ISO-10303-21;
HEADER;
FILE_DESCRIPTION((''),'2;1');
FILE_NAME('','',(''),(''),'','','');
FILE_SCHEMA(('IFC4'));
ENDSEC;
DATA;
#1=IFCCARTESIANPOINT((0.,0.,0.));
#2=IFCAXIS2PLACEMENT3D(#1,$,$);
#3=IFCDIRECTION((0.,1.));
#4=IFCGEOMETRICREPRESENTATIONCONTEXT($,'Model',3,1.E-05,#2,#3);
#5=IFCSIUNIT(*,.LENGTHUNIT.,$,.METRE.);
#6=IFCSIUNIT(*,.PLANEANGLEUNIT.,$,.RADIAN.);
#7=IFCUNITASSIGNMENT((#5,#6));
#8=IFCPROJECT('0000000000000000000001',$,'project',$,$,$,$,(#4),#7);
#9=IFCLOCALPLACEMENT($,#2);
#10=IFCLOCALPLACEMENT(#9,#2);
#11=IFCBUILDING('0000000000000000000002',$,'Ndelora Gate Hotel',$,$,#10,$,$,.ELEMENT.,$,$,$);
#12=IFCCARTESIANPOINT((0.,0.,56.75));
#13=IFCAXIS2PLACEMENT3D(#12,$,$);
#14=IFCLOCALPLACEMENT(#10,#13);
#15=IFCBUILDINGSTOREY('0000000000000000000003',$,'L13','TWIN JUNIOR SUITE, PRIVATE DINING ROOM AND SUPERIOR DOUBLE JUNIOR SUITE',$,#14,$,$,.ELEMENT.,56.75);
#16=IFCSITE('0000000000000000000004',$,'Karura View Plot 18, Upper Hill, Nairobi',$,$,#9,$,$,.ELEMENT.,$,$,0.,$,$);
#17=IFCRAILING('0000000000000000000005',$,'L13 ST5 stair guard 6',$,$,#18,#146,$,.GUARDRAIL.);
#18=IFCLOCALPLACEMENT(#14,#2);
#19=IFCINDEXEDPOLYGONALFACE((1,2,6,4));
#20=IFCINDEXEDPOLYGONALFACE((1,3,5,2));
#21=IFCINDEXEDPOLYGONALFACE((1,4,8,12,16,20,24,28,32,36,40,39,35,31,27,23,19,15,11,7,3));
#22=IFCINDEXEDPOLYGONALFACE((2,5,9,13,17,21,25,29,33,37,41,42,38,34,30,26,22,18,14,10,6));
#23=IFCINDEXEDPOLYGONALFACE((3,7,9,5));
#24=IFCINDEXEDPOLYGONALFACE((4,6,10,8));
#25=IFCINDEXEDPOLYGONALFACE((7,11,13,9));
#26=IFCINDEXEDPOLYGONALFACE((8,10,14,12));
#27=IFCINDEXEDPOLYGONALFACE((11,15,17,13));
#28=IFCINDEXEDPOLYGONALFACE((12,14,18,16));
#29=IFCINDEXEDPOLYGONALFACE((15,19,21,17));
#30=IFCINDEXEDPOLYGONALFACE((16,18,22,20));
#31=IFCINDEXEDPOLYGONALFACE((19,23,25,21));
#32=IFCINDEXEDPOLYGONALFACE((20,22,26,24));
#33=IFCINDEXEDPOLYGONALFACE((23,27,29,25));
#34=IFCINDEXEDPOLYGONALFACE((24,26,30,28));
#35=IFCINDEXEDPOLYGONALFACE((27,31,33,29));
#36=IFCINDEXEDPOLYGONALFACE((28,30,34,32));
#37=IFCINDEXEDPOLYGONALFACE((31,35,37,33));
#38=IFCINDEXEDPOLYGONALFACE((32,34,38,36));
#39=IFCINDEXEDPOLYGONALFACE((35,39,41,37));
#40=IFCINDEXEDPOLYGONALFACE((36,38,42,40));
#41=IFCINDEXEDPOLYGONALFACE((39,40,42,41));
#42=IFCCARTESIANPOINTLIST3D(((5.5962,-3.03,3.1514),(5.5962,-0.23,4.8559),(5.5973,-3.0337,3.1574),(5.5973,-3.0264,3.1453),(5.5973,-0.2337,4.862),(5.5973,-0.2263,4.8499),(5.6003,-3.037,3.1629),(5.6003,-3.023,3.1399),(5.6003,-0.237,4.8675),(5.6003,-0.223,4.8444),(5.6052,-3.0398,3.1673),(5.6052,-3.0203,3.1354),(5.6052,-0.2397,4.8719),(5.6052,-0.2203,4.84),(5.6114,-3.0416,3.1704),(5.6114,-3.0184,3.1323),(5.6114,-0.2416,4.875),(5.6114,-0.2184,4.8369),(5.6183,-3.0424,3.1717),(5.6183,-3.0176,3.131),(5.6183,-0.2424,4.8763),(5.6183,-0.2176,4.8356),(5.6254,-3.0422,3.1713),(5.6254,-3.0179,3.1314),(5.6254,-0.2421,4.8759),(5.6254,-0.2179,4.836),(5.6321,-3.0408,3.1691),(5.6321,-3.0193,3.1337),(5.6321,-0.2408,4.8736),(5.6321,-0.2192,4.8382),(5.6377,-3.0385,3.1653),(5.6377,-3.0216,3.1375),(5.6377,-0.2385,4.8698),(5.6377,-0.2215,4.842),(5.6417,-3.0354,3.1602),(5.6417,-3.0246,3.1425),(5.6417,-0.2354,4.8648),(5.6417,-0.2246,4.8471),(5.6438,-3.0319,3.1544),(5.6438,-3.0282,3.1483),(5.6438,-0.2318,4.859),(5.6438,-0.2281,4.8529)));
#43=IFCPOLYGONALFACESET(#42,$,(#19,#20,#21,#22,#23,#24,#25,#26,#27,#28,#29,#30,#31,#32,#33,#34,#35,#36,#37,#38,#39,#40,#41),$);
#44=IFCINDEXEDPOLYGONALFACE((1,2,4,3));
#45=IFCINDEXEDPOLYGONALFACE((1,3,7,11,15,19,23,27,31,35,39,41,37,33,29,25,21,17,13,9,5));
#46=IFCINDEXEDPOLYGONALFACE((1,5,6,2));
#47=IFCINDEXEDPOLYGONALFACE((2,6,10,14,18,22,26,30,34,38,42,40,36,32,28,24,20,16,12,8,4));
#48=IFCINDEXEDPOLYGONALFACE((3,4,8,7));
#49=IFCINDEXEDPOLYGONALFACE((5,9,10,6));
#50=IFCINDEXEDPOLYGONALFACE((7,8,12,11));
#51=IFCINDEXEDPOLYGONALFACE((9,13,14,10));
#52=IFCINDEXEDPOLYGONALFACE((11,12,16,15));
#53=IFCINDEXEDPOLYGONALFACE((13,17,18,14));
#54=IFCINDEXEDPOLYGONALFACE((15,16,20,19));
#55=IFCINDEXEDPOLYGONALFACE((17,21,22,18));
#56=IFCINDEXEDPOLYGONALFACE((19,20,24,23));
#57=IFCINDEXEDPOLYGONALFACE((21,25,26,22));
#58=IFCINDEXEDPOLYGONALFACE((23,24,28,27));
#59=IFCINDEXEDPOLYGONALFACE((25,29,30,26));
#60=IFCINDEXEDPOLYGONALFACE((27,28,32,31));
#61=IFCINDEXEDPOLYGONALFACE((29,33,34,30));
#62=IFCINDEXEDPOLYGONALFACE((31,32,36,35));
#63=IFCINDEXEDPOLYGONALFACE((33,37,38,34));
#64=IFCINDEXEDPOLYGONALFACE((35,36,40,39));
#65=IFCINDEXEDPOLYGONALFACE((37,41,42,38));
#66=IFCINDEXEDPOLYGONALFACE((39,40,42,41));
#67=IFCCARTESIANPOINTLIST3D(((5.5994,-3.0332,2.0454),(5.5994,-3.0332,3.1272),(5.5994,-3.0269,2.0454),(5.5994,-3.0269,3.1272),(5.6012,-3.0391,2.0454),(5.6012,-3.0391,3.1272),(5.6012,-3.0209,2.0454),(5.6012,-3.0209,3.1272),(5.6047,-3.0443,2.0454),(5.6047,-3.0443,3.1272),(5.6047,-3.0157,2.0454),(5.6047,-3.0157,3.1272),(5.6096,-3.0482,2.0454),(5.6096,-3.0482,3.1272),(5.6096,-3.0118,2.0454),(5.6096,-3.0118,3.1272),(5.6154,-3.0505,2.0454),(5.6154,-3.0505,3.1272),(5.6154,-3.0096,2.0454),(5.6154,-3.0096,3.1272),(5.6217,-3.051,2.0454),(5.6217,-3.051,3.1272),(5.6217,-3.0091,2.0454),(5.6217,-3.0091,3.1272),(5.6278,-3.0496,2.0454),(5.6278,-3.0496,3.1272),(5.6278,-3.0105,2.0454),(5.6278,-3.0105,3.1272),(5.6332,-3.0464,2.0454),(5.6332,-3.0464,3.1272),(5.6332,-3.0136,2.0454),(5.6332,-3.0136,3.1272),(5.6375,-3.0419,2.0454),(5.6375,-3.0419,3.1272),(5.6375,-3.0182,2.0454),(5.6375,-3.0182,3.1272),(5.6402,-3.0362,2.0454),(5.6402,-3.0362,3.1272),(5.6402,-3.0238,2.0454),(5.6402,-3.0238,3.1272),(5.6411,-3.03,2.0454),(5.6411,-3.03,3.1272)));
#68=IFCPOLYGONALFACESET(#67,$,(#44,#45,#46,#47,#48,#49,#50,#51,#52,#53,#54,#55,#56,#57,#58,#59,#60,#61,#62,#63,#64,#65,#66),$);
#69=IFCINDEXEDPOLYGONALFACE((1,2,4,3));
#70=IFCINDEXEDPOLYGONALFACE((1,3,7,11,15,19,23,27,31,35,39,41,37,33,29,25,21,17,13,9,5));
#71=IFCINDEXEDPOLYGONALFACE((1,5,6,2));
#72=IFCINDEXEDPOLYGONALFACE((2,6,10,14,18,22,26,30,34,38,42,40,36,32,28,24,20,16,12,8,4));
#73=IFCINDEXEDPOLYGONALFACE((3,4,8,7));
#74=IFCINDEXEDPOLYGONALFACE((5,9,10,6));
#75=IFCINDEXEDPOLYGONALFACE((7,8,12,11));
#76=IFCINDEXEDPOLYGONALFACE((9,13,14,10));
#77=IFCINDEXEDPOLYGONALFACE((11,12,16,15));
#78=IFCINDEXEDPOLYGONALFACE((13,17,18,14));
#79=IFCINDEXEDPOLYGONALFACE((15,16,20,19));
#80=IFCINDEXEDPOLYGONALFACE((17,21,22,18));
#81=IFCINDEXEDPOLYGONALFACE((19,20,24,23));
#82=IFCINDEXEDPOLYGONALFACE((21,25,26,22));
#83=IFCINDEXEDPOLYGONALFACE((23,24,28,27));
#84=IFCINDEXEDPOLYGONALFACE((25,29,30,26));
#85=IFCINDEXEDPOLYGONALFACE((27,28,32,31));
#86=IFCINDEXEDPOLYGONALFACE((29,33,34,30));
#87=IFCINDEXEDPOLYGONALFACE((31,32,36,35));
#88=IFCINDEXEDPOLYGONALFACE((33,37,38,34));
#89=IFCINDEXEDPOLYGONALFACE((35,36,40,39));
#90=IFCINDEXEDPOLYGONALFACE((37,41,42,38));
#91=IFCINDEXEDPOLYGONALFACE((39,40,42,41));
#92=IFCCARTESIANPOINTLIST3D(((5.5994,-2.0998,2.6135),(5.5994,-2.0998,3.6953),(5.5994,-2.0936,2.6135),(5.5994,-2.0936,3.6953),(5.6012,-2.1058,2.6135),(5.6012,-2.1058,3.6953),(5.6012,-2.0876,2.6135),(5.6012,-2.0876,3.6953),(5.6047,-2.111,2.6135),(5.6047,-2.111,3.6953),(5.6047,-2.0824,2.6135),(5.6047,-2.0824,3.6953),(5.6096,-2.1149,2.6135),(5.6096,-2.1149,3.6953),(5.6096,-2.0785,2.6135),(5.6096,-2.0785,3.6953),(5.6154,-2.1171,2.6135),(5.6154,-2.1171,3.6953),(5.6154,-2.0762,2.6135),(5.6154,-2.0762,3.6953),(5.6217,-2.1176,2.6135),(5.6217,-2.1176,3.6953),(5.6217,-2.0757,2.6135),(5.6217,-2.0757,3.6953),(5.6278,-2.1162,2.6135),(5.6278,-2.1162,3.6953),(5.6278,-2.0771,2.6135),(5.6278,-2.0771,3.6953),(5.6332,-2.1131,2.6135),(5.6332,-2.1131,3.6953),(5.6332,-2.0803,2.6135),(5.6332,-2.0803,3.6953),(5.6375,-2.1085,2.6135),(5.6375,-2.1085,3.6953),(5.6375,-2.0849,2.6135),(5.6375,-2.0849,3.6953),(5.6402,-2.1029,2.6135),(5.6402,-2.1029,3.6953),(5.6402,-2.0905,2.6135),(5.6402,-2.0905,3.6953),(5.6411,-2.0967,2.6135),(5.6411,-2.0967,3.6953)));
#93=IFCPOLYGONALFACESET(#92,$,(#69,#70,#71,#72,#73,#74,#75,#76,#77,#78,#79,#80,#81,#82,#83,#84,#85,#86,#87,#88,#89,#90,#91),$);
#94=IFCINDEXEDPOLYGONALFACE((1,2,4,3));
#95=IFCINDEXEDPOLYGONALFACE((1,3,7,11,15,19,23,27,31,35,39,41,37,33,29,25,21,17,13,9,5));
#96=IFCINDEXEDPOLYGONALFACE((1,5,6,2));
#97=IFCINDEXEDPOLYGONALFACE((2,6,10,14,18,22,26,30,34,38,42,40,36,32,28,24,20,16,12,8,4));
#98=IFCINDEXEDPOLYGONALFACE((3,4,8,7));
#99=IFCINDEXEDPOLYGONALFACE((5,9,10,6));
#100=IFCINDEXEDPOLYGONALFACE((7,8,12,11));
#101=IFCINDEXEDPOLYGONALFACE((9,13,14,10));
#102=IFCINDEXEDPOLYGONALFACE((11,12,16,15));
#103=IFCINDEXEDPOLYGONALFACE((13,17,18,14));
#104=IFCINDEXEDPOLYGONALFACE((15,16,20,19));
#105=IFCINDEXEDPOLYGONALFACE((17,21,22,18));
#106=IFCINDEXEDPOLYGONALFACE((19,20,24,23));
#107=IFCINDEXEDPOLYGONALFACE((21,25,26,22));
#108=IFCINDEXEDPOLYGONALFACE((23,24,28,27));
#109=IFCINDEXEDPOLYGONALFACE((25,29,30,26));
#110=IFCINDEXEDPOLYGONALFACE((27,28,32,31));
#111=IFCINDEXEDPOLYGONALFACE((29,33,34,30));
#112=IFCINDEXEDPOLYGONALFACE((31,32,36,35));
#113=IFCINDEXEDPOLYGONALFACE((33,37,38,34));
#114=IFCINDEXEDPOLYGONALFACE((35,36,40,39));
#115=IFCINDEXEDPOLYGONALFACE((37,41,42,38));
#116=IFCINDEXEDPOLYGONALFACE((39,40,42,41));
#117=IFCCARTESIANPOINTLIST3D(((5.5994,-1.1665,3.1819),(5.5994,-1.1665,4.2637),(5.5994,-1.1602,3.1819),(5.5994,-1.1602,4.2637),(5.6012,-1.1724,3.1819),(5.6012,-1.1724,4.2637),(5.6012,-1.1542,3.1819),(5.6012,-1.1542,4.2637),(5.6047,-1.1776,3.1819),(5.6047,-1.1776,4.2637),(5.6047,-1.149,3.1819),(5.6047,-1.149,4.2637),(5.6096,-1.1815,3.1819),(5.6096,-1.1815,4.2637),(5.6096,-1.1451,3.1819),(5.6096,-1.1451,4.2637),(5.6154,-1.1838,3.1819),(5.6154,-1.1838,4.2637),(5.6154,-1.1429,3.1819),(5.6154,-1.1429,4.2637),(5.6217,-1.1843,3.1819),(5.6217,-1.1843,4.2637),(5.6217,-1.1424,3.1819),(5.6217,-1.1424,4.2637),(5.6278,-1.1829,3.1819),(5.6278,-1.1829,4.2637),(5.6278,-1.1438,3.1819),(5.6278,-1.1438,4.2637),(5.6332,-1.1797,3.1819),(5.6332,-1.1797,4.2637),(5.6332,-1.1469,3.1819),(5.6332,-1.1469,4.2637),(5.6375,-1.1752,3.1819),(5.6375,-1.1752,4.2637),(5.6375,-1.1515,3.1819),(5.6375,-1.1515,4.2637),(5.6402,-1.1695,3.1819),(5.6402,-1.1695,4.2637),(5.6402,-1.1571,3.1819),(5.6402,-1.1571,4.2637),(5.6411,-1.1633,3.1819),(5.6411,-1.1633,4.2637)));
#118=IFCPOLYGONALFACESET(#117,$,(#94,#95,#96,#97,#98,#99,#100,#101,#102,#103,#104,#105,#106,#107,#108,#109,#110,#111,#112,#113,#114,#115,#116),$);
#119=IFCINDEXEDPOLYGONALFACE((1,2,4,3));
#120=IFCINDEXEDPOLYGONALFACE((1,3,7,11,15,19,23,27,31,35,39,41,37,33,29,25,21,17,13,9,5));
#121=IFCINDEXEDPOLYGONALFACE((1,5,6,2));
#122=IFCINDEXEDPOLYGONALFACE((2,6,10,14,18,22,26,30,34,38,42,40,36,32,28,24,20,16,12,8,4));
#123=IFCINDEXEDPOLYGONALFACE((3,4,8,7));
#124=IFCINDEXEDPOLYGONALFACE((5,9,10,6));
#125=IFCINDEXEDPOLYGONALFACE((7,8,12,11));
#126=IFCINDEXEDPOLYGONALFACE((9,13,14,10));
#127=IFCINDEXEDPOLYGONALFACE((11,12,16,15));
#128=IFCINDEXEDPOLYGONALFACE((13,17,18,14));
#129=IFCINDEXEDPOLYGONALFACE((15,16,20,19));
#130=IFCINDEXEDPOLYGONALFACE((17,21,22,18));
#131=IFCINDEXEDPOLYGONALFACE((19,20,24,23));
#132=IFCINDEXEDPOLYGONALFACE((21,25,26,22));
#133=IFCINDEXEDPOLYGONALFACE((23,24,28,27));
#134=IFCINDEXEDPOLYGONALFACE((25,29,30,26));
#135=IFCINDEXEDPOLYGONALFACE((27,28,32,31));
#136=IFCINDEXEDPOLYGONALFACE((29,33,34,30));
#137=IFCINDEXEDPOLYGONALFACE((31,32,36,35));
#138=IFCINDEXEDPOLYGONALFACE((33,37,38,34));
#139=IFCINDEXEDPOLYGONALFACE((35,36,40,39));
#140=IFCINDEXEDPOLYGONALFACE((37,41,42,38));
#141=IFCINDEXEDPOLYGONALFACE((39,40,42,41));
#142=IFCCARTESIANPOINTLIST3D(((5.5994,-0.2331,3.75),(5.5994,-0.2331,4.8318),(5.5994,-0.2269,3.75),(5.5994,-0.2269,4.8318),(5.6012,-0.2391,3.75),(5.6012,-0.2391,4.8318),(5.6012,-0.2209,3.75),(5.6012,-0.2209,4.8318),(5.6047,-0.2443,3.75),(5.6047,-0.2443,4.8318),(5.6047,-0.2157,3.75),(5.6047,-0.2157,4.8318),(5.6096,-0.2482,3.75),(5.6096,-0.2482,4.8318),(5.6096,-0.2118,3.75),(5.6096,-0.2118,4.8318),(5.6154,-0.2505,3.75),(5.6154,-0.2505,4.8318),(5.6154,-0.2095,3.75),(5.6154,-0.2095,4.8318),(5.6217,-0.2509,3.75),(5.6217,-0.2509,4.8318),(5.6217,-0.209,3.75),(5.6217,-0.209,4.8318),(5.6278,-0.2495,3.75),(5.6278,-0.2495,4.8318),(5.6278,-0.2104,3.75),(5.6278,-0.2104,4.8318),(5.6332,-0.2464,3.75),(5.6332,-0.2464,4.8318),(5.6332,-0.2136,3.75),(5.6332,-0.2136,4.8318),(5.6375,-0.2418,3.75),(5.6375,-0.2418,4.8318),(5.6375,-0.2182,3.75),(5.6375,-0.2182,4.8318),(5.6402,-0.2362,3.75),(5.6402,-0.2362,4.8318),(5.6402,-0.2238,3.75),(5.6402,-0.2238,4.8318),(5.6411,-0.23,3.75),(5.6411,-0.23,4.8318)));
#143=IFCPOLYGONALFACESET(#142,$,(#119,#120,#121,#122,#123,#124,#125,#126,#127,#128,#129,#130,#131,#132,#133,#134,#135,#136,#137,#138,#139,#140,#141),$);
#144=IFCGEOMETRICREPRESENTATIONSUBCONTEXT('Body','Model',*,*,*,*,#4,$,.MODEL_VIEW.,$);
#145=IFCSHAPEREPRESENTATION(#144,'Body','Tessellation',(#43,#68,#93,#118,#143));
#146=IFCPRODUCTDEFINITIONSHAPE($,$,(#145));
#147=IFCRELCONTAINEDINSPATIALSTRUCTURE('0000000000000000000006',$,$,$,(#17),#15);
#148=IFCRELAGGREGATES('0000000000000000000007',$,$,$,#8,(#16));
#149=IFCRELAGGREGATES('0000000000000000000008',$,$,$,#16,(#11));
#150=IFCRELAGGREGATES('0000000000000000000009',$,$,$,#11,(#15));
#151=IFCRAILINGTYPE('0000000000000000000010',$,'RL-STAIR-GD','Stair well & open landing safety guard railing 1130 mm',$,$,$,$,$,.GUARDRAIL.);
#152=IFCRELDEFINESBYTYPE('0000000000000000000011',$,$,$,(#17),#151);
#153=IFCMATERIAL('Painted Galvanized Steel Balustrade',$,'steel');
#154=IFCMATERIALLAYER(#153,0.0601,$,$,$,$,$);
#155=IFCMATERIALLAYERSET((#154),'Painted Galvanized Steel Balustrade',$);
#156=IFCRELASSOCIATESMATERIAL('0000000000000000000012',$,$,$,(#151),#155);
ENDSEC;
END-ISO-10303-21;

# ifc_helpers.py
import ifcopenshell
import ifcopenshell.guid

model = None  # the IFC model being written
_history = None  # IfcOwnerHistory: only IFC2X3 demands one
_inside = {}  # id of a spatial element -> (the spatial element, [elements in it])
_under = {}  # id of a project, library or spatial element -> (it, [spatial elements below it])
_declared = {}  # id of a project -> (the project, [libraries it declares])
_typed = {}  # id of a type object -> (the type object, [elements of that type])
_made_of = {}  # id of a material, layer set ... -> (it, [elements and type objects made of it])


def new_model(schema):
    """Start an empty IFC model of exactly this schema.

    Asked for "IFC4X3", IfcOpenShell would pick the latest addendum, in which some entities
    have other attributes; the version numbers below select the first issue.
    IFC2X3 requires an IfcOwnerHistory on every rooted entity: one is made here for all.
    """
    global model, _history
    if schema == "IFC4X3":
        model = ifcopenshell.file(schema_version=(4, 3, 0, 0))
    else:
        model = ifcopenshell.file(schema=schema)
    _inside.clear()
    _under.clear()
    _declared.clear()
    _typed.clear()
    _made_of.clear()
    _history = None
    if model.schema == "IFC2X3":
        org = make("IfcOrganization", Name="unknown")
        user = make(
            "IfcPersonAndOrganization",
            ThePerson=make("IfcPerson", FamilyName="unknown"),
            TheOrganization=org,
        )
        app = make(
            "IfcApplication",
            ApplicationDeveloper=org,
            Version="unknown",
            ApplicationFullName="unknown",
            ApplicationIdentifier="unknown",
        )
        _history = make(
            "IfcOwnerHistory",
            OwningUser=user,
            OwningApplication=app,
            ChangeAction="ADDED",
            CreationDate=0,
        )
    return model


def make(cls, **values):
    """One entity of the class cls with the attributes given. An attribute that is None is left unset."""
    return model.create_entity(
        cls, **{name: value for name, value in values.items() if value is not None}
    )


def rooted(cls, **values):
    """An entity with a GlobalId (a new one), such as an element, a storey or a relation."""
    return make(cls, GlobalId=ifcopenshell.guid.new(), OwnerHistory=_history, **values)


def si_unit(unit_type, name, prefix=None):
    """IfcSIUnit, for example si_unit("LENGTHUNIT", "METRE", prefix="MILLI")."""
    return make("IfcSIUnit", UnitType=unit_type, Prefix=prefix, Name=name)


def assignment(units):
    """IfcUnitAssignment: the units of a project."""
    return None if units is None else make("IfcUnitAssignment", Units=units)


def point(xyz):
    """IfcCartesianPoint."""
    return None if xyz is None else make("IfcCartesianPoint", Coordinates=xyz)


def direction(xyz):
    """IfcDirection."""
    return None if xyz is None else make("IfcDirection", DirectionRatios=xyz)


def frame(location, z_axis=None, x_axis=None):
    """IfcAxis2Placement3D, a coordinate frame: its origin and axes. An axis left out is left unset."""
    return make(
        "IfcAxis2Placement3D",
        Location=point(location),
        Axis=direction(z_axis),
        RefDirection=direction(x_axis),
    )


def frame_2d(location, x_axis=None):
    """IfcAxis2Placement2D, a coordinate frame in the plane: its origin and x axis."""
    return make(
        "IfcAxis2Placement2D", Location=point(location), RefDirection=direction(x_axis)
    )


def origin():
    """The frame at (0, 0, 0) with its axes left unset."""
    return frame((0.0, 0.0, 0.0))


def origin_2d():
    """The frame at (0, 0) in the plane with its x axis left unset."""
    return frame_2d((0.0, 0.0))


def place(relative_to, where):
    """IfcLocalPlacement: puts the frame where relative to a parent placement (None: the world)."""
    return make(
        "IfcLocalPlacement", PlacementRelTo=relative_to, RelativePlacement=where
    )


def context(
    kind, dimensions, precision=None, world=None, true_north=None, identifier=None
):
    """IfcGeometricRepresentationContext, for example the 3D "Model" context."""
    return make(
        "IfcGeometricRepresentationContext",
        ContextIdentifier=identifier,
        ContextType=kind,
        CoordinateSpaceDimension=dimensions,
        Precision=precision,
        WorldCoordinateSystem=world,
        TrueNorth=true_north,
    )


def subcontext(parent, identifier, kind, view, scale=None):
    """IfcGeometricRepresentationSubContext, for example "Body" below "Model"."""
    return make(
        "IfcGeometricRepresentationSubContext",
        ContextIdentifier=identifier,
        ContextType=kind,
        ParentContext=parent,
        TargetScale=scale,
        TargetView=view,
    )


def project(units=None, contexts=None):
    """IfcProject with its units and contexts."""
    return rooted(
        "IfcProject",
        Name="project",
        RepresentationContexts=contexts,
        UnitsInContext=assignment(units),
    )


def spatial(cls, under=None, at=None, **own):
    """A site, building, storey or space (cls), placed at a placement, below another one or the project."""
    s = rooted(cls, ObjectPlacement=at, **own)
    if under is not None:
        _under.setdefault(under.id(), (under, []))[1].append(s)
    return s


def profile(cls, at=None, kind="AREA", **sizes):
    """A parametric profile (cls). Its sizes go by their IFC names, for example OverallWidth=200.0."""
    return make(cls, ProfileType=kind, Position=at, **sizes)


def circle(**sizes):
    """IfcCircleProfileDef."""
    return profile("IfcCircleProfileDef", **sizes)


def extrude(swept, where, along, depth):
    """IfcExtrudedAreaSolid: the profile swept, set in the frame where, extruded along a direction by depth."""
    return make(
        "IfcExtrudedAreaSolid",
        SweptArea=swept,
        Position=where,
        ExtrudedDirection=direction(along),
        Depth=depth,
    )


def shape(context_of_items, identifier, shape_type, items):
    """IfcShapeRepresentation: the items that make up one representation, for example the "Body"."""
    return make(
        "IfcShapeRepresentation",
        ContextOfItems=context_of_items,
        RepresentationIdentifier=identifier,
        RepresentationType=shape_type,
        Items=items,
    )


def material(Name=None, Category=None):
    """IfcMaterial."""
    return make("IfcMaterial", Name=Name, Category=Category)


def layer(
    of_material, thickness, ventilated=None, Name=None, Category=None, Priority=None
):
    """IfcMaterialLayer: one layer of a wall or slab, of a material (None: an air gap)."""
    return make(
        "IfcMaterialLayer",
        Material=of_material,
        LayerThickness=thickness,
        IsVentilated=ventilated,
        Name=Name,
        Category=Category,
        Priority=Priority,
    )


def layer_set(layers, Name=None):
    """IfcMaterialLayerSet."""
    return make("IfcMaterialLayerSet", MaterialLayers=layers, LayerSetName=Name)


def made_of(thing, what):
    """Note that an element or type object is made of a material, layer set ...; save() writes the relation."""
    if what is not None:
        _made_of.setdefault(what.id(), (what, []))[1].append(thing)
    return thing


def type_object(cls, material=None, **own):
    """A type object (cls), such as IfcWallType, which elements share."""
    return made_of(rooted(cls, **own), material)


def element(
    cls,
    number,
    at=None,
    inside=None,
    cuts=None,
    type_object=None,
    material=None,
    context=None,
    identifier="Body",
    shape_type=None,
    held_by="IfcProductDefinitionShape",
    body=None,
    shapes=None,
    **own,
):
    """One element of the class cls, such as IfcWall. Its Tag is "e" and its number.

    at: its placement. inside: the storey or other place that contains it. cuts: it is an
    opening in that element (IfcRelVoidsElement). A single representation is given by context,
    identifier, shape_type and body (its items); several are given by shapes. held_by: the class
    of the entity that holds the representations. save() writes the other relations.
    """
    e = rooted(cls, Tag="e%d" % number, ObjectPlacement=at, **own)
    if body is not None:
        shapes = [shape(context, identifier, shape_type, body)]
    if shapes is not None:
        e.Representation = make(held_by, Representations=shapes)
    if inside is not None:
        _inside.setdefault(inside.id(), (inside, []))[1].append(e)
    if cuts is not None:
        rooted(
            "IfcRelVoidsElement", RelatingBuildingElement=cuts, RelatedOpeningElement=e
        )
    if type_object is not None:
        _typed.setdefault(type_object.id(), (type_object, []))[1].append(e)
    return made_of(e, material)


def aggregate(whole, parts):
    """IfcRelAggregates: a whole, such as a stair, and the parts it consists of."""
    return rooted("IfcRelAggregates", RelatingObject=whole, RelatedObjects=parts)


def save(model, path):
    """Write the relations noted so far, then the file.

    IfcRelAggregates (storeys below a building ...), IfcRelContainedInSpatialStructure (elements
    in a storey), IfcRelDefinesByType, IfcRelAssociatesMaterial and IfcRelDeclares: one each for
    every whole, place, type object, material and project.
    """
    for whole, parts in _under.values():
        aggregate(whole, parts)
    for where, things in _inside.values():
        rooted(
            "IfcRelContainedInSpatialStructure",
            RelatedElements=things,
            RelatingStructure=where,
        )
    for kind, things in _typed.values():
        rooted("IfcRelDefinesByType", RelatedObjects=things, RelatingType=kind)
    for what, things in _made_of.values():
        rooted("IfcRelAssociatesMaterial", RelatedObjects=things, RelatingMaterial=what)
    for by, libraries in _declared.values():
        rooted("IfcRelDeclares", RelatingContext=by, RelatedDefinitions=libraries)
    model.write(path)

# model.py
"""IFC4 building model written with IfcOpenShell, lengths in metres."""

from ifc_helpers import new_model, si_unit, direction, frame, origin, origin_2d, place, context, subcontext, project, spatial, circle, extrude, material, layer, layer_set, type_object, element, save


model = new_model("IFC4")

# Units and contexts
model_context = context("Model", 3, precision=1e-05, world=origin(), true_north=direction((0.0, 1.0)))
body_context = subcontext(model_context, "Body", "Model", "MODEL_VIEW")
ifc_project = project(units=[si_unit("LENGTHUNIT", "METRE"), si_unit("PLANEANGLEUNIT", "RADIAN")], contexts=[model_context])

# Site, building, storey
site_placement = place(None, origin())
site = spatial("IfcSite", under=ifc_project, at=site_placement, Name="Karura View Plot 18, Upper Hill, Nairobi", CompositionType="ELEMENT", RefElevation=0.0)
building_placement = place(site_placement, origin())
building = spatial("IfcBuilding", under=site, at=building_placement, Name="Ndelora Gate Hotel", CompositionType="ELEMENT")
storey_placement = place(building_placement, frame((0.0, 0.0, 56.75)))
storey = spatial("IfcBuildingStorey", under=building, at=storey_placement, Name="L13", Description="TWIN JUNIOR SUITE, PRIVATE DINING ROOM AND SUPERIOR DOUBLE JUNIOR SUITE", CompositionType="ELEMENT", Elevation=56.75)

# Railing
ifc_material_1 = material(Name="Painted Galvanized Steel Balustrade", Category="steel")
ifc_layer_1 = layer(ifc_material_1, 0.0601)
ifc_layer_set_1 = layer_set([ifc_layer_1], Name="Painted Galvanized Steel Balustrade")
railing_type_1 = type_object("IfcRailingType", Name="RL-STAIR-GD", Description="Stair well & open landing safety guard railing 1130 mm", PredefinedType="GUARDRAIL", material=ifc_layer_set_1)
railing_1_placement = place(storey_placement, frame((5.6201, -3.03, 2.0454)))
element("IfcRailing", 1, at=railing_1_placement, inside=storey, type_object=railing_type_1, Name="L13 ST5 stair guard 6", PredefinedType="GUARDRAIL", context=body_context, shape_type="SweptSolid", body=[
    extrude(circle(Radius=0.0239, at=origin_2d()), frame((0.0, 0.0, 1.106), z_axis=(0.0, 0.85417, 0.519994), x_axis=(-1.0, 0.0, 0.0)), (0.0, 0.0, 1.0), 3.2781),
    extrude(circle(Radius=0.021, at=origin_2d()), origin(), (0.0, 0.0, 1.0), 1.0818),
    extrude(circle(Radius=0.021, at=origin_2d()), frame((0.0, 0.9333, 0.5681)), (0.0, 0.0, 1.0), 1.0818),
    extrude(circle(Radius=0.021, at=origin_2d()), frame((0.0, 1.8667, 1.1365)), (0.0, 0.0, 1.0), 1.0818),
    extrude(circle(Radius=0.021, at=origin_2d()), frame((0.0, 2.8, 1.7046)), (0.0, 0.0, 1.0), 1.0818),
])

save(model, "model.ifc")
